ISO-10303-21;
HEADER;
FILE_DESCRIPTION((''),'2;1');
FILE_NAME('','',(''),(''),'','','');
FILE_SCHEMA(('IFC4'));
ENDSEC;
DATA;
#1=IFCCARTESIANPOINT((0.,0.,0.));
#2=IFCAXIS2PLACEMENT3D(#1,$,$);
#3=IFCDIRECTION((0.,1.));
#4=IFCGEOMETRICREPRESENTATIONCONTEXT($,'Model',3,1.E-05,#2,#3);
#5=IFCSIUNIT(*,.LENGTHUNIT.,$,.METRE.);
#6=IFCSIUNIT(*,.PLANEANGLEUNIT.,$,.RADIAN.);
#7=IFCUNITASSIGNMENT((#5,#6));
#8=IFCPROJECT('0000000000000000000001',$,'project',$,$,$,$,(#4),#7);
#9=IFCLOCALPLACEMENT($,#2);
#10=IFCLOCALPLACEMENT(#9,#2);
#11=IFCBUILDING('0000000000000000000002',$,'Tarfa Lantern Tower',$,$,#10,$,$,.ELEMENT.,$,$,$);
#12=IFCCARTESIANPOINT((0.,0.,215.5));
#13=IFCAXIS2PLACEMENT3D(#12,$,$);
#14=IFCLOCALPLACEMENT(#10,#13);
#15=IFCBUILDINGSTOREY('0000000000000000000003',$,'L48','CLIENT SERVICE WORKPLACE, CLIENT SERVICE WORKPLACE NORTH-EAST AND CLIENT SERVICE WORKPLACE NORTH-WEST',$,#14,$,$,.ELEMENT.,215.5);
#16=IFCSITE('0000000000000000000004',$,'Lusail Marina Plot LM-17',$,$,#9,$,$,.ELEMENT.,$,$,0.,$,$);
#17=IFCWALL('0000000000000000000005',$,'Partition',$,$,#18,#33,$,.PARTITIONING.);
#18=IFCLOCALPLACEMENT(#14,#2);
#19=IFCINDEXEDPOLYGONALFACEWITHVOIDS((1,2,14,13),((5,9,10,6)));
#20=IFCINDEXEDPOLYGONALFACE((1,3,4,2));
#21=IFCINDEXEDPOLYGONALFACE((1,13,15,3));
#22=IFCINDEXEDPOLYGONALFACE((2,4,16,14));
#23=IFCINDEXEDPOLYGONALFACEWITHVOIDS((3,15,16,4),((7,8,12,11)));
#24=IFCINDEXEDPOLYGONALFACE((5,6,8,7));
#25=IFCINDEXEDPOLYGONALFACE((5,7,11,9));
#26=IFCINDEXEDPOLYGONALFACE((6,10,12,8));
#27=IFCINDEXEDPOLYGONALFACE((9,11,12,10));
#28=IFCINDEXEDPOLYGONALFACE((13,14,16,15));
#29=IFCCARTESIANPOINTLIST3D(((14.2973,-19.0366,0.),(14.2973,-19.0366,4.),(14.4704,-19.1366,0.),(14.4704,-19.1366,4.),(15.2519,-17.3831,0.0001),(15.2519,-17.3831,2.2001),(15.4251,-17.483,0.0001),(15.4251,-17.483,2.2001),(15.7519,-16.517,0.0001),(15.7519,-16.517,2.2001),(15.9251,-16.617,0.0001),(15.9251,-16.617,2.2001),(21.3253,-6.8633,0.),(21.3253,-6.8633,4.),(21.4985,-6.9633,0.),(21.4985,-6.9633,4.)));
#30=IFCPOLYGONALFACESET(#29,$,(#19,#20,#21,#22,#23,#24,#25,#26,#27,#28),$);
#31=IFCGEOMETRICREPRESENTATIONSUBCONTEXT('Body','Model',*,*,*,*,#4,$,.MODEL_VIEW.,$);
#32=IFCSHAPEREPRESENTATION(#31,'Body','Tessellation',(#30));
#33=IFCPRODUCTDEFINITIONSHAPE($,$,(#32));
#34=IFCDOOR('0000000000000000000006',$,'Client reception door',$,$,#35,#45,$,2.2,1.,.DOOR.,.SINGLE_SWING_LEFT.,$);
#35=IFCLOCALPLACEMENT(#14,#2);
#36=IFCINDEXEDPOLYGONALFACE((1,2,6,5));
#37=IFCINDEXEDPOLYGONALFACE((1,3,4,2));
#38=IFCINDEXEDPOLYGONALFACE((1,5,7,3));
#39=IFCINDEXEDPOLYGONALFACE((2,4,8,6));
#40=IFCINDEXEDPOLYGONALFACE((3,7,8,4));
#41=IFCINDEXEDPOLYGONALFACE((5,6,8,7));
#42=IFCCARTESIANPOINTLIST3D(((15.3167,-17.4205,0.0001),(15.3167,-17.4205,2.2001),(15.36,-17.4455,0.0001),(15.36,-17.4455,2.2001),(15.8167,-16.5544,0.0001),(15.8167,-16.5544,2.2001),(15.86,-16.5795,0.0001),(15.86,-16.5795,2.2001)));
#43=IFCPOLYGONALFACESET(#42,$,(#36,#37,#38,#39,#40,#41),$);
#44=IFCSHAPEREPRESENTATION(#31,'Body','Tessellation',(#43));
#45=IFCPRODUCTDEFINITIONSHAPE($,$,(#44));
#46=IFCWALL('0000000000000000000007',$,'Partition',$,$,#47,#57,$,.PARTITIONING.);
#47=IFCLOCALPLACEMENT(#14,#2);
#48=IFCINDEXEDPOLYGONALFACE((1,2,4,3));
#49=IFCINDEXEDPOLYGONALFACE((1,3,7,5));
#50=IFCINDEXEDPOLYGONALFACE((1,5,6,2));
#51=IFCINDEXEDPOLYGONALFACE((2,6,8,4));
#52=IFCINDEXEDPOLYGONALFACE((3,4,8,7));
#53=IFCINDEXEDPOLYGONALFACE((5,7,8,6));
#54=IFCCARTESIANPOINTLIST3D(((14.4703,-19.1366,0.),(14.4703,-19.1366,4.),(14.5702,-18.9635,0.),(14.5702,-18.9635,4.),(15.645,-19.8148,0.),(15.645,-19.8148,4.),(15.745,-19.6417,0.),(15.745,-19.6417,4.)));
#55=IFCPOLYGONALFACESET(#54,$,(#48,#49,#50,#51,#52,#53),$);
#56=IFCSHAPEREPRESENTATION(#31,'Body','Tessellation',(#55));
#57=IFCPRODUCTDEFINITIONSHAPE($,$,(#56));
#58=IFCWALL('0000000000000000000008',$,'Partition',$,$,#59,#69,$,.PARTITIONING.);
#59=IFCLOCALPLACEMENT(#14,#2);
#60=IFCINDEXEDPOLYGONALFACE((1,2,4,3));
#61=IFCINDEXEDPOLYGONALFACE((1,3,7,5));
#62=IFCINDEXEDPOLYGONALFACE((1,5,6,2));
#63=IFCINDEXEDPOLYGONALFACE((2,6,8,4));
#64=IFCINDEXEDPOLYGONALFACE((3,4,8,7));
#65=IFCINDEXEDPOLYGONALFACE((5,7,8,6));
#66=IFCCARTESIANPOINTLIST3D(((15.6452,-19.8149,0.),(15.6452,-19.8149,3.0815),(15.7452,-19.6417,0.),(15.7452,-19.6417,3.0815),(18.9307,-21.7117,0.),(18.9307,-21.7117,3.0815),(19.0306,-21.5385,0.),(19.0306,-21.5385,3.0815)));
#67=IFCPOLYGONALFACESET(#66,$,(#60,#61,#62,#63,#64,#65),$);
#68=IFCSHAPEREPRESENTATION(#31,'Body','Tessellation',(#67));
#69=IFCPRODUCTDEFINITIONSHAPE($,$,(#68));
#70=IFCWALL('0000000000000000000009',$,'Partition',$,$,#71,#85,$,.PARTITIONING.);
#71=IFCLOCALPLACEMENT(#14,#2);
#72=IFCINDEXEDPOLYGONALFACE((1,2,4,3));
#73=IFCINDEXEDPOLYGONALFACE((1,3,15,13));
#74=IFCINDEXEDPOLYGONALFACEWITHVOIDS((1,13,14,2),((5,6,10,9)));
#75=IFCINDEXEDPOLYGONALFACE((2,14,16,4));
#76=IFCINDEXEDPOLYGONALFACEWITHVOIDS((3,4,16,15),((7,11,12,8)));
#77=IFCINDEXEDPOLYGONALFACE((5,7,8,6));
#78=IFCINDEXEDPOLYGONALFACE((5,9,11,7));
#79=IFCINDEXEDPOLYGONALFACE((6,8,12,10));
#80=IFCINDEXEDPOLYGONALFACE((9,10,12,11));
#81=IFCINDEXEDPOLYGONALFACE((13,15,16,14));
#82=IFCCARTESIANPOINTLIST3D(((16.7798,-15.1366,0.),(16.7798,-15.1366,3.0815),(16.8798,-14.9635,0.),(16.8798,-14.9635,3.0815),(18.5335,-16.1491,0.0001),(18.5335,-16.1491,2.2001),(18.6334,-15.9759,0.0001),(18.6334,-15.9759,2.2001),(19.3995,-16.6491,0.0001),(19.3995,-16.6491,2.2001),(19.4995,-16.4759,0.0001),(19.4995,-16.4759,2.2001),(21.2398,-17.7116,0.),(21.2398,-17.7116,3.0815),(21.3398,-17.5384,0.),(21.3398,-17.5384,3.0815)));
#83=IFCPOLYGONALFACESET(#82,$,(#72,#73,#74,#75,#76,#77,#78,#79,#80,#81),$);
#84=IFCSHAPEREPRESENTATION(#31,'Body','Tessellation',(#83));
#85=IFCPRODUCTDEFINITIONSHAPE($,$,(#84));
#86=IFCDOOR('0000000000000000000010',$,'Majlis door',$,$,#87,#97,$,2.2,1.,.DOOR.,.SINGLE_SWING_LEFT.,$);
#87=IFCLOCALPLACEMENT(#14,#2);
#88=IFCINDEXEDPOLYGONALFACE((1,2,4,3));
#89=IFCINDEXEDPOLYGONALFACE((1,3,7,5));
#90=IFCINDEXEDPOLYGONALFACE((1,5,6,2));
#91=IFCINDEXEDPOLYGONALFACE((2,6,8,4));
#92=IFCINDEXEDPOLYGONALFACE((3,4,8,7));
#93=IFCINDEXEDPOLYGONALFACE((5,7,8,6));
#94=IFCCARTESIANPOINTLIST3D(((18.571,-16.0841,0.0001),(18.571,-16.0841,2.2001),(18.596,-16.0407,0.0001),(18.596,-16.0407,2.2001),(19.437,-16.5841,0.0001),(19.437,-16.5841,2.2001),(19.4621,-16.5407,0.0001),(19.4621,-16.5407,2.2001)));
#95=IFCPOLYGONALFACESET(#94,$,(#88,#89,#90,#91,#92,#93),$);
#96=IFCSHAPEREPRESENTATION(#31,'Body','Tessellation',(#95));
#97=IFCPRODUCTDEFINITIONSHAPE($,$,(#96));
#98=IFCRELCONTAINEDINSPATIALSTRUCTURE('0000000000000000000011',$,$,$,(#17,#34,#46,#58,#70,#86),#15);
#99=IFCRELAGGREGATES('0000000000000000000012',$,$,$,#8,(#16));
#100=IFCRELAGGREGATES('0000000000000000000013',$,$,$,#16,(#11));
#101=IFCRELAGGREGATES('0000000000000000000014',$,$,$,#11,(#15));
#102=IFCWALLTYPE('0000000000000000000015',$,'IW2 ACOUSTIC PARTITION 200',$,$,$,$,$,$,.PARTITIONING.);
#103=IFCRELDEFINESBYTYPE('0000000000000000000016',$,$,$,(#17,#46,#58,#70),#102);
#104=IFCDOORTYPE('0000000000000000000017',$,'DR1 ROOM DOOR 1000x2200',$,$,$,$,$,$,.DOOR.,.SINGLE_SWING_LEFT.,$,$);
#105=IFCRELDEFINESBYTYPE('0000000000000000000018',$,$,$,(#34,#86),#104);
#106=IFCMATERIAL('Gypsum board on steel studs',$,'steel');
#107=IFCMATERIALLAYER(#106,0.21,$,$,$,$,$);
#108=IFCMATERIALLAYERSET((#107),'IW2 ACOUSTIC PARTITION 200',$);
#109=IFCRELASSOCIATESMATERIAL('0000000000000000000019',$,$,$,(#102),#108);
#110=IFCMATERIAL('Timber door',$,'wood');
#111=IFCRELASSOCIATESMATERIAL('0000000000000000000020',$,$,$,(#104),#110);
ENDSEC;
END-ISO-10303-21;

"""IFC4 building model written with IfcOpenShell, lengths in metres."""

from ifc_helpers import new_model, si_unit, direction, frame, frame_2d, origin, place, context, subcontext, project, spatial, rectangle, extrude, material, layer, layer_set, type_object, element, fill, save


model = new_model("IFC4")

# Units and contexts
model_context = context("Model", 3, precision=1e-05, world=origin(), true_north=direction((0.0, 1.0)))
body_context = subcontext(model_context, "Body", "Model", "MODEL_VIEW")
ifc_project = project(units=[si_unit("LENGTHUNIT", "METRE"), si_unit("PLANEANGLEUNIT", "RADIAN")], contexts=[model_context])

# Site, building, storey
site_placement = place(None, origin())
site = spatial("IfcSite", under=ifc_project, at=site_placement, Name="Lusail Marina Plot LM-17", CompositionType="ELEMENT", RefElevation=0.0)
building_placement = place(site_placement, origin())
building = spatial("IfcBuilding", under=site, at=building_placement, Name="Tarfa Lantern Tower", CompositionType="ELEMENT")
storey_placement = place(building_placement, frame((0.0, 0.0, 215.5)))
storey = spatial("IfcBuildingStorey", under=building, at=storey_placement, Name="L48", Description="CLIENT SERVICE WORKPLACE, CLIENT SERVICE WORKPLACE NORTH-EAST AND CLIENT SERVICE WORKPLACE NORTH-WEST", CompositionType="ELEMENT", Elevation=215.5)

# Wall, opening, door
ifc_material_1 = material(Name="Gypsum board on steel studs", Category="steel")
ifc_layer_1 = layer(ifc_material_1, 0.21)
ifc_layer_set_1 = layer_set([ifc_layer_1], Name="IW2 ACOUSTIC PARTITION 200")
wall_type_1 = type_object("IfcWallType", Name="IW2 ACOUSTIC PARTITION 200", PredefinedType="PARTITIONING", material=ifc_layer_set_1)
wall_1_placement = place(storey_placement, frame((14.3838, -19.0867, 0.0), z_axis=(0.0, 0.0, 1.0), x_axis=(0.499989, 0.866032, 0.0)))
wall_1 = element("IfcWall", 1, at=wall_1_placement, inside=storey, type_object=wall_type_1, Name="Partition", PredefinedType="PARTITIONING", context=body_context, shape_type="SweptSolid", body=[
    extrude(rectangle(XDim=14.0564, YDim=0.2, at=frame_2d((7.0283, 0.0))), origin(), (0.0, 0.0, 1.0), 4.0),
])
opening_1_placement = place(wall_1_placement, frame((1.9094, 0.0, 0.0)))
opening_1 = element("IfcOpeningElement", 2, at=opening_1_placement, cuts=wall_1, PredefinedType="OPENING", context=body_context, shape_type="SweptSolid", body=[
    extrude(rectangle(XDim=1.0, YDim=2.2, at=frame_2d((0.5, 1.1001))), frame((0.0, 0.1099, 0.0), z_axis=(0.0, -1.0, 0.0), x_axis=(1.0, 0.0, 0.0)), (0.0, 0.0, 1.0), 0.22),
])
ifc_material_2 = material(Name="Timber door", Category="wood")
door_type = type_object("IfcDoorType", Name="DR1 ROOM DOOR 1000x2200", OperationType="SINGLE_SWING_LEFT", PredefinedType="DOOR", material=ifc_material_2)
door_1_placement = place(opening_1_placement, frame((1.0, 0.0, 0.0), z_axis=(0.0, 0.0, 1.0), x_axis=(-1.0, 0.0, 0.0)))
door_1 = element("IfcDoor", 3, at=door_1_placement, inside=storey, type_object=door_type, Name="Client reception door", OperationType="SINGLE_SWING_LEFT", OverallHeight=2.2, OverallWidth=1.0, PredefinedType="DOOR", context=body_context, shape_type="SweptSolid", body=[
    extrude(rectangle(XDim=1.0, YDim=2.2, at=frame_2d((0.5, 1.1001))), frame((0.0, 0.0249, 0.0), z_axis=(0.0, -1.0, 0.0), x_axis=(1.0, 0.0, 0.0)), (0.0, 0.0, 1.0), 0.05),
])
fill(opening_1, door_1)

# Walls
wall_2_placement = place(storey_placement, frame((14.5203, -19.05, 0.0), z_axis=(0.0, 0.0, 1.0), x_axis=(0.866042, -0.499972, 0.0)))
element("IfcWall", 4, at=wall_2_placement, inside=storey, type_object=wall_type_1, Name="Partition", PredefinedType="PARTITIONING", context=body_context, shape_type="SweptSolid", body=[
    extrude(rectangle(XDim=1.3564, YDim=0.2, at=frame_2d((0.6782, 0.0))), origin(), (0.0, 0.0, 1.0), 4.0),
])
wall_3_placement = place(storey_placement, frame((15.6951, -19.7283, 0.0), z_axis=(0.0, 0.0, 1.0), x_axis=(0.866037, -0.499981, 0.0)))
element("IfcWall", 5, at=wall_3_placement, inside=storey, type_object=wall_type_1, Name="Partition", PredefinedType="PARTITIONING", context=body_context, shape_type="SweptSolid", body=[
    extrude(rectangle(XDim=3.7937, YDim=0.2, at=frame_2d((1.897, 0.0))), origin(), (0.0, 0.0, 1.0), 3.0815),
])

# Wall, opening, door
wall_4_placement = place(storey_placement, frame((16.8298, -15.05, 0.0), z_axis=(0.0, 0.0, 1.0), x_axis=(0.866026, -0.499999, 0.0)))
wall_4 = element("IfcWall", 6, at=wall_4_placement, inside=storey, type_object=wall_type_1, Name="Partition", PredefinedType="PARTITIONING", context=body_context, shape_type="SweptSolid", body=[
    extrude(rectangle(XDim=5.1499, YDim=0.2, at=frame_2d((2.575, 0.0))), origin(), (0.0, 0.0, 1.0), 3.0815),
])
opening_2_placement = place(wall_4_placement, frame((2.0249, 0.0, 0.0)))
opening_2 = element("IfcOpeningElement", 7, at=opening_2_placement, cuts=wall_4, PredefinedType="OPENING", context=body_context, shape_type="SweptSolid", body=[
    extrude(rectangle(XDim=1.0, YDim=2.2, at=frame_2d((0.5, 1.1001))), frame((0.0, 0.1099, 0.0), z_axis=(0.0, -1.0, 0.0), x_axis=(1.0, 0.0, 0.0)), (0.0, 0.0, 1.0), 0.22),
])
door_2_placement = place(opening_2_placement, frame((1.0, 0.0, 0.0), z_axis=(0.0, 0.0, 1.0), x_axis=(-1.0, 0.0, 0.0)))
door_2 = element("IfcDoor", 8, at=door_2_placement, inside=storey, type_object=door_type, Name="Majlis door", OperationType="SINGLE_SWING_LEFT", OverallHeight=2.2, OverallWidth=1.0, PredefinedType="DOOR", context=body_context, shape_type="SweptSolid", body=[
    extrude(rectangle(XDim=1.0, YDim=2.2, at=frame_2d((0.5, 1.1001))), frame((0.0, 0.0249, 0.0), z_axis=(0.0, -1.0, 0.0), x_axis=(1.0, 0.0, 0.0)), (0.0, 0.0, 1.0), 0.05),
])
fill(opening_2, door_2)

save(model, "model.ifc")
